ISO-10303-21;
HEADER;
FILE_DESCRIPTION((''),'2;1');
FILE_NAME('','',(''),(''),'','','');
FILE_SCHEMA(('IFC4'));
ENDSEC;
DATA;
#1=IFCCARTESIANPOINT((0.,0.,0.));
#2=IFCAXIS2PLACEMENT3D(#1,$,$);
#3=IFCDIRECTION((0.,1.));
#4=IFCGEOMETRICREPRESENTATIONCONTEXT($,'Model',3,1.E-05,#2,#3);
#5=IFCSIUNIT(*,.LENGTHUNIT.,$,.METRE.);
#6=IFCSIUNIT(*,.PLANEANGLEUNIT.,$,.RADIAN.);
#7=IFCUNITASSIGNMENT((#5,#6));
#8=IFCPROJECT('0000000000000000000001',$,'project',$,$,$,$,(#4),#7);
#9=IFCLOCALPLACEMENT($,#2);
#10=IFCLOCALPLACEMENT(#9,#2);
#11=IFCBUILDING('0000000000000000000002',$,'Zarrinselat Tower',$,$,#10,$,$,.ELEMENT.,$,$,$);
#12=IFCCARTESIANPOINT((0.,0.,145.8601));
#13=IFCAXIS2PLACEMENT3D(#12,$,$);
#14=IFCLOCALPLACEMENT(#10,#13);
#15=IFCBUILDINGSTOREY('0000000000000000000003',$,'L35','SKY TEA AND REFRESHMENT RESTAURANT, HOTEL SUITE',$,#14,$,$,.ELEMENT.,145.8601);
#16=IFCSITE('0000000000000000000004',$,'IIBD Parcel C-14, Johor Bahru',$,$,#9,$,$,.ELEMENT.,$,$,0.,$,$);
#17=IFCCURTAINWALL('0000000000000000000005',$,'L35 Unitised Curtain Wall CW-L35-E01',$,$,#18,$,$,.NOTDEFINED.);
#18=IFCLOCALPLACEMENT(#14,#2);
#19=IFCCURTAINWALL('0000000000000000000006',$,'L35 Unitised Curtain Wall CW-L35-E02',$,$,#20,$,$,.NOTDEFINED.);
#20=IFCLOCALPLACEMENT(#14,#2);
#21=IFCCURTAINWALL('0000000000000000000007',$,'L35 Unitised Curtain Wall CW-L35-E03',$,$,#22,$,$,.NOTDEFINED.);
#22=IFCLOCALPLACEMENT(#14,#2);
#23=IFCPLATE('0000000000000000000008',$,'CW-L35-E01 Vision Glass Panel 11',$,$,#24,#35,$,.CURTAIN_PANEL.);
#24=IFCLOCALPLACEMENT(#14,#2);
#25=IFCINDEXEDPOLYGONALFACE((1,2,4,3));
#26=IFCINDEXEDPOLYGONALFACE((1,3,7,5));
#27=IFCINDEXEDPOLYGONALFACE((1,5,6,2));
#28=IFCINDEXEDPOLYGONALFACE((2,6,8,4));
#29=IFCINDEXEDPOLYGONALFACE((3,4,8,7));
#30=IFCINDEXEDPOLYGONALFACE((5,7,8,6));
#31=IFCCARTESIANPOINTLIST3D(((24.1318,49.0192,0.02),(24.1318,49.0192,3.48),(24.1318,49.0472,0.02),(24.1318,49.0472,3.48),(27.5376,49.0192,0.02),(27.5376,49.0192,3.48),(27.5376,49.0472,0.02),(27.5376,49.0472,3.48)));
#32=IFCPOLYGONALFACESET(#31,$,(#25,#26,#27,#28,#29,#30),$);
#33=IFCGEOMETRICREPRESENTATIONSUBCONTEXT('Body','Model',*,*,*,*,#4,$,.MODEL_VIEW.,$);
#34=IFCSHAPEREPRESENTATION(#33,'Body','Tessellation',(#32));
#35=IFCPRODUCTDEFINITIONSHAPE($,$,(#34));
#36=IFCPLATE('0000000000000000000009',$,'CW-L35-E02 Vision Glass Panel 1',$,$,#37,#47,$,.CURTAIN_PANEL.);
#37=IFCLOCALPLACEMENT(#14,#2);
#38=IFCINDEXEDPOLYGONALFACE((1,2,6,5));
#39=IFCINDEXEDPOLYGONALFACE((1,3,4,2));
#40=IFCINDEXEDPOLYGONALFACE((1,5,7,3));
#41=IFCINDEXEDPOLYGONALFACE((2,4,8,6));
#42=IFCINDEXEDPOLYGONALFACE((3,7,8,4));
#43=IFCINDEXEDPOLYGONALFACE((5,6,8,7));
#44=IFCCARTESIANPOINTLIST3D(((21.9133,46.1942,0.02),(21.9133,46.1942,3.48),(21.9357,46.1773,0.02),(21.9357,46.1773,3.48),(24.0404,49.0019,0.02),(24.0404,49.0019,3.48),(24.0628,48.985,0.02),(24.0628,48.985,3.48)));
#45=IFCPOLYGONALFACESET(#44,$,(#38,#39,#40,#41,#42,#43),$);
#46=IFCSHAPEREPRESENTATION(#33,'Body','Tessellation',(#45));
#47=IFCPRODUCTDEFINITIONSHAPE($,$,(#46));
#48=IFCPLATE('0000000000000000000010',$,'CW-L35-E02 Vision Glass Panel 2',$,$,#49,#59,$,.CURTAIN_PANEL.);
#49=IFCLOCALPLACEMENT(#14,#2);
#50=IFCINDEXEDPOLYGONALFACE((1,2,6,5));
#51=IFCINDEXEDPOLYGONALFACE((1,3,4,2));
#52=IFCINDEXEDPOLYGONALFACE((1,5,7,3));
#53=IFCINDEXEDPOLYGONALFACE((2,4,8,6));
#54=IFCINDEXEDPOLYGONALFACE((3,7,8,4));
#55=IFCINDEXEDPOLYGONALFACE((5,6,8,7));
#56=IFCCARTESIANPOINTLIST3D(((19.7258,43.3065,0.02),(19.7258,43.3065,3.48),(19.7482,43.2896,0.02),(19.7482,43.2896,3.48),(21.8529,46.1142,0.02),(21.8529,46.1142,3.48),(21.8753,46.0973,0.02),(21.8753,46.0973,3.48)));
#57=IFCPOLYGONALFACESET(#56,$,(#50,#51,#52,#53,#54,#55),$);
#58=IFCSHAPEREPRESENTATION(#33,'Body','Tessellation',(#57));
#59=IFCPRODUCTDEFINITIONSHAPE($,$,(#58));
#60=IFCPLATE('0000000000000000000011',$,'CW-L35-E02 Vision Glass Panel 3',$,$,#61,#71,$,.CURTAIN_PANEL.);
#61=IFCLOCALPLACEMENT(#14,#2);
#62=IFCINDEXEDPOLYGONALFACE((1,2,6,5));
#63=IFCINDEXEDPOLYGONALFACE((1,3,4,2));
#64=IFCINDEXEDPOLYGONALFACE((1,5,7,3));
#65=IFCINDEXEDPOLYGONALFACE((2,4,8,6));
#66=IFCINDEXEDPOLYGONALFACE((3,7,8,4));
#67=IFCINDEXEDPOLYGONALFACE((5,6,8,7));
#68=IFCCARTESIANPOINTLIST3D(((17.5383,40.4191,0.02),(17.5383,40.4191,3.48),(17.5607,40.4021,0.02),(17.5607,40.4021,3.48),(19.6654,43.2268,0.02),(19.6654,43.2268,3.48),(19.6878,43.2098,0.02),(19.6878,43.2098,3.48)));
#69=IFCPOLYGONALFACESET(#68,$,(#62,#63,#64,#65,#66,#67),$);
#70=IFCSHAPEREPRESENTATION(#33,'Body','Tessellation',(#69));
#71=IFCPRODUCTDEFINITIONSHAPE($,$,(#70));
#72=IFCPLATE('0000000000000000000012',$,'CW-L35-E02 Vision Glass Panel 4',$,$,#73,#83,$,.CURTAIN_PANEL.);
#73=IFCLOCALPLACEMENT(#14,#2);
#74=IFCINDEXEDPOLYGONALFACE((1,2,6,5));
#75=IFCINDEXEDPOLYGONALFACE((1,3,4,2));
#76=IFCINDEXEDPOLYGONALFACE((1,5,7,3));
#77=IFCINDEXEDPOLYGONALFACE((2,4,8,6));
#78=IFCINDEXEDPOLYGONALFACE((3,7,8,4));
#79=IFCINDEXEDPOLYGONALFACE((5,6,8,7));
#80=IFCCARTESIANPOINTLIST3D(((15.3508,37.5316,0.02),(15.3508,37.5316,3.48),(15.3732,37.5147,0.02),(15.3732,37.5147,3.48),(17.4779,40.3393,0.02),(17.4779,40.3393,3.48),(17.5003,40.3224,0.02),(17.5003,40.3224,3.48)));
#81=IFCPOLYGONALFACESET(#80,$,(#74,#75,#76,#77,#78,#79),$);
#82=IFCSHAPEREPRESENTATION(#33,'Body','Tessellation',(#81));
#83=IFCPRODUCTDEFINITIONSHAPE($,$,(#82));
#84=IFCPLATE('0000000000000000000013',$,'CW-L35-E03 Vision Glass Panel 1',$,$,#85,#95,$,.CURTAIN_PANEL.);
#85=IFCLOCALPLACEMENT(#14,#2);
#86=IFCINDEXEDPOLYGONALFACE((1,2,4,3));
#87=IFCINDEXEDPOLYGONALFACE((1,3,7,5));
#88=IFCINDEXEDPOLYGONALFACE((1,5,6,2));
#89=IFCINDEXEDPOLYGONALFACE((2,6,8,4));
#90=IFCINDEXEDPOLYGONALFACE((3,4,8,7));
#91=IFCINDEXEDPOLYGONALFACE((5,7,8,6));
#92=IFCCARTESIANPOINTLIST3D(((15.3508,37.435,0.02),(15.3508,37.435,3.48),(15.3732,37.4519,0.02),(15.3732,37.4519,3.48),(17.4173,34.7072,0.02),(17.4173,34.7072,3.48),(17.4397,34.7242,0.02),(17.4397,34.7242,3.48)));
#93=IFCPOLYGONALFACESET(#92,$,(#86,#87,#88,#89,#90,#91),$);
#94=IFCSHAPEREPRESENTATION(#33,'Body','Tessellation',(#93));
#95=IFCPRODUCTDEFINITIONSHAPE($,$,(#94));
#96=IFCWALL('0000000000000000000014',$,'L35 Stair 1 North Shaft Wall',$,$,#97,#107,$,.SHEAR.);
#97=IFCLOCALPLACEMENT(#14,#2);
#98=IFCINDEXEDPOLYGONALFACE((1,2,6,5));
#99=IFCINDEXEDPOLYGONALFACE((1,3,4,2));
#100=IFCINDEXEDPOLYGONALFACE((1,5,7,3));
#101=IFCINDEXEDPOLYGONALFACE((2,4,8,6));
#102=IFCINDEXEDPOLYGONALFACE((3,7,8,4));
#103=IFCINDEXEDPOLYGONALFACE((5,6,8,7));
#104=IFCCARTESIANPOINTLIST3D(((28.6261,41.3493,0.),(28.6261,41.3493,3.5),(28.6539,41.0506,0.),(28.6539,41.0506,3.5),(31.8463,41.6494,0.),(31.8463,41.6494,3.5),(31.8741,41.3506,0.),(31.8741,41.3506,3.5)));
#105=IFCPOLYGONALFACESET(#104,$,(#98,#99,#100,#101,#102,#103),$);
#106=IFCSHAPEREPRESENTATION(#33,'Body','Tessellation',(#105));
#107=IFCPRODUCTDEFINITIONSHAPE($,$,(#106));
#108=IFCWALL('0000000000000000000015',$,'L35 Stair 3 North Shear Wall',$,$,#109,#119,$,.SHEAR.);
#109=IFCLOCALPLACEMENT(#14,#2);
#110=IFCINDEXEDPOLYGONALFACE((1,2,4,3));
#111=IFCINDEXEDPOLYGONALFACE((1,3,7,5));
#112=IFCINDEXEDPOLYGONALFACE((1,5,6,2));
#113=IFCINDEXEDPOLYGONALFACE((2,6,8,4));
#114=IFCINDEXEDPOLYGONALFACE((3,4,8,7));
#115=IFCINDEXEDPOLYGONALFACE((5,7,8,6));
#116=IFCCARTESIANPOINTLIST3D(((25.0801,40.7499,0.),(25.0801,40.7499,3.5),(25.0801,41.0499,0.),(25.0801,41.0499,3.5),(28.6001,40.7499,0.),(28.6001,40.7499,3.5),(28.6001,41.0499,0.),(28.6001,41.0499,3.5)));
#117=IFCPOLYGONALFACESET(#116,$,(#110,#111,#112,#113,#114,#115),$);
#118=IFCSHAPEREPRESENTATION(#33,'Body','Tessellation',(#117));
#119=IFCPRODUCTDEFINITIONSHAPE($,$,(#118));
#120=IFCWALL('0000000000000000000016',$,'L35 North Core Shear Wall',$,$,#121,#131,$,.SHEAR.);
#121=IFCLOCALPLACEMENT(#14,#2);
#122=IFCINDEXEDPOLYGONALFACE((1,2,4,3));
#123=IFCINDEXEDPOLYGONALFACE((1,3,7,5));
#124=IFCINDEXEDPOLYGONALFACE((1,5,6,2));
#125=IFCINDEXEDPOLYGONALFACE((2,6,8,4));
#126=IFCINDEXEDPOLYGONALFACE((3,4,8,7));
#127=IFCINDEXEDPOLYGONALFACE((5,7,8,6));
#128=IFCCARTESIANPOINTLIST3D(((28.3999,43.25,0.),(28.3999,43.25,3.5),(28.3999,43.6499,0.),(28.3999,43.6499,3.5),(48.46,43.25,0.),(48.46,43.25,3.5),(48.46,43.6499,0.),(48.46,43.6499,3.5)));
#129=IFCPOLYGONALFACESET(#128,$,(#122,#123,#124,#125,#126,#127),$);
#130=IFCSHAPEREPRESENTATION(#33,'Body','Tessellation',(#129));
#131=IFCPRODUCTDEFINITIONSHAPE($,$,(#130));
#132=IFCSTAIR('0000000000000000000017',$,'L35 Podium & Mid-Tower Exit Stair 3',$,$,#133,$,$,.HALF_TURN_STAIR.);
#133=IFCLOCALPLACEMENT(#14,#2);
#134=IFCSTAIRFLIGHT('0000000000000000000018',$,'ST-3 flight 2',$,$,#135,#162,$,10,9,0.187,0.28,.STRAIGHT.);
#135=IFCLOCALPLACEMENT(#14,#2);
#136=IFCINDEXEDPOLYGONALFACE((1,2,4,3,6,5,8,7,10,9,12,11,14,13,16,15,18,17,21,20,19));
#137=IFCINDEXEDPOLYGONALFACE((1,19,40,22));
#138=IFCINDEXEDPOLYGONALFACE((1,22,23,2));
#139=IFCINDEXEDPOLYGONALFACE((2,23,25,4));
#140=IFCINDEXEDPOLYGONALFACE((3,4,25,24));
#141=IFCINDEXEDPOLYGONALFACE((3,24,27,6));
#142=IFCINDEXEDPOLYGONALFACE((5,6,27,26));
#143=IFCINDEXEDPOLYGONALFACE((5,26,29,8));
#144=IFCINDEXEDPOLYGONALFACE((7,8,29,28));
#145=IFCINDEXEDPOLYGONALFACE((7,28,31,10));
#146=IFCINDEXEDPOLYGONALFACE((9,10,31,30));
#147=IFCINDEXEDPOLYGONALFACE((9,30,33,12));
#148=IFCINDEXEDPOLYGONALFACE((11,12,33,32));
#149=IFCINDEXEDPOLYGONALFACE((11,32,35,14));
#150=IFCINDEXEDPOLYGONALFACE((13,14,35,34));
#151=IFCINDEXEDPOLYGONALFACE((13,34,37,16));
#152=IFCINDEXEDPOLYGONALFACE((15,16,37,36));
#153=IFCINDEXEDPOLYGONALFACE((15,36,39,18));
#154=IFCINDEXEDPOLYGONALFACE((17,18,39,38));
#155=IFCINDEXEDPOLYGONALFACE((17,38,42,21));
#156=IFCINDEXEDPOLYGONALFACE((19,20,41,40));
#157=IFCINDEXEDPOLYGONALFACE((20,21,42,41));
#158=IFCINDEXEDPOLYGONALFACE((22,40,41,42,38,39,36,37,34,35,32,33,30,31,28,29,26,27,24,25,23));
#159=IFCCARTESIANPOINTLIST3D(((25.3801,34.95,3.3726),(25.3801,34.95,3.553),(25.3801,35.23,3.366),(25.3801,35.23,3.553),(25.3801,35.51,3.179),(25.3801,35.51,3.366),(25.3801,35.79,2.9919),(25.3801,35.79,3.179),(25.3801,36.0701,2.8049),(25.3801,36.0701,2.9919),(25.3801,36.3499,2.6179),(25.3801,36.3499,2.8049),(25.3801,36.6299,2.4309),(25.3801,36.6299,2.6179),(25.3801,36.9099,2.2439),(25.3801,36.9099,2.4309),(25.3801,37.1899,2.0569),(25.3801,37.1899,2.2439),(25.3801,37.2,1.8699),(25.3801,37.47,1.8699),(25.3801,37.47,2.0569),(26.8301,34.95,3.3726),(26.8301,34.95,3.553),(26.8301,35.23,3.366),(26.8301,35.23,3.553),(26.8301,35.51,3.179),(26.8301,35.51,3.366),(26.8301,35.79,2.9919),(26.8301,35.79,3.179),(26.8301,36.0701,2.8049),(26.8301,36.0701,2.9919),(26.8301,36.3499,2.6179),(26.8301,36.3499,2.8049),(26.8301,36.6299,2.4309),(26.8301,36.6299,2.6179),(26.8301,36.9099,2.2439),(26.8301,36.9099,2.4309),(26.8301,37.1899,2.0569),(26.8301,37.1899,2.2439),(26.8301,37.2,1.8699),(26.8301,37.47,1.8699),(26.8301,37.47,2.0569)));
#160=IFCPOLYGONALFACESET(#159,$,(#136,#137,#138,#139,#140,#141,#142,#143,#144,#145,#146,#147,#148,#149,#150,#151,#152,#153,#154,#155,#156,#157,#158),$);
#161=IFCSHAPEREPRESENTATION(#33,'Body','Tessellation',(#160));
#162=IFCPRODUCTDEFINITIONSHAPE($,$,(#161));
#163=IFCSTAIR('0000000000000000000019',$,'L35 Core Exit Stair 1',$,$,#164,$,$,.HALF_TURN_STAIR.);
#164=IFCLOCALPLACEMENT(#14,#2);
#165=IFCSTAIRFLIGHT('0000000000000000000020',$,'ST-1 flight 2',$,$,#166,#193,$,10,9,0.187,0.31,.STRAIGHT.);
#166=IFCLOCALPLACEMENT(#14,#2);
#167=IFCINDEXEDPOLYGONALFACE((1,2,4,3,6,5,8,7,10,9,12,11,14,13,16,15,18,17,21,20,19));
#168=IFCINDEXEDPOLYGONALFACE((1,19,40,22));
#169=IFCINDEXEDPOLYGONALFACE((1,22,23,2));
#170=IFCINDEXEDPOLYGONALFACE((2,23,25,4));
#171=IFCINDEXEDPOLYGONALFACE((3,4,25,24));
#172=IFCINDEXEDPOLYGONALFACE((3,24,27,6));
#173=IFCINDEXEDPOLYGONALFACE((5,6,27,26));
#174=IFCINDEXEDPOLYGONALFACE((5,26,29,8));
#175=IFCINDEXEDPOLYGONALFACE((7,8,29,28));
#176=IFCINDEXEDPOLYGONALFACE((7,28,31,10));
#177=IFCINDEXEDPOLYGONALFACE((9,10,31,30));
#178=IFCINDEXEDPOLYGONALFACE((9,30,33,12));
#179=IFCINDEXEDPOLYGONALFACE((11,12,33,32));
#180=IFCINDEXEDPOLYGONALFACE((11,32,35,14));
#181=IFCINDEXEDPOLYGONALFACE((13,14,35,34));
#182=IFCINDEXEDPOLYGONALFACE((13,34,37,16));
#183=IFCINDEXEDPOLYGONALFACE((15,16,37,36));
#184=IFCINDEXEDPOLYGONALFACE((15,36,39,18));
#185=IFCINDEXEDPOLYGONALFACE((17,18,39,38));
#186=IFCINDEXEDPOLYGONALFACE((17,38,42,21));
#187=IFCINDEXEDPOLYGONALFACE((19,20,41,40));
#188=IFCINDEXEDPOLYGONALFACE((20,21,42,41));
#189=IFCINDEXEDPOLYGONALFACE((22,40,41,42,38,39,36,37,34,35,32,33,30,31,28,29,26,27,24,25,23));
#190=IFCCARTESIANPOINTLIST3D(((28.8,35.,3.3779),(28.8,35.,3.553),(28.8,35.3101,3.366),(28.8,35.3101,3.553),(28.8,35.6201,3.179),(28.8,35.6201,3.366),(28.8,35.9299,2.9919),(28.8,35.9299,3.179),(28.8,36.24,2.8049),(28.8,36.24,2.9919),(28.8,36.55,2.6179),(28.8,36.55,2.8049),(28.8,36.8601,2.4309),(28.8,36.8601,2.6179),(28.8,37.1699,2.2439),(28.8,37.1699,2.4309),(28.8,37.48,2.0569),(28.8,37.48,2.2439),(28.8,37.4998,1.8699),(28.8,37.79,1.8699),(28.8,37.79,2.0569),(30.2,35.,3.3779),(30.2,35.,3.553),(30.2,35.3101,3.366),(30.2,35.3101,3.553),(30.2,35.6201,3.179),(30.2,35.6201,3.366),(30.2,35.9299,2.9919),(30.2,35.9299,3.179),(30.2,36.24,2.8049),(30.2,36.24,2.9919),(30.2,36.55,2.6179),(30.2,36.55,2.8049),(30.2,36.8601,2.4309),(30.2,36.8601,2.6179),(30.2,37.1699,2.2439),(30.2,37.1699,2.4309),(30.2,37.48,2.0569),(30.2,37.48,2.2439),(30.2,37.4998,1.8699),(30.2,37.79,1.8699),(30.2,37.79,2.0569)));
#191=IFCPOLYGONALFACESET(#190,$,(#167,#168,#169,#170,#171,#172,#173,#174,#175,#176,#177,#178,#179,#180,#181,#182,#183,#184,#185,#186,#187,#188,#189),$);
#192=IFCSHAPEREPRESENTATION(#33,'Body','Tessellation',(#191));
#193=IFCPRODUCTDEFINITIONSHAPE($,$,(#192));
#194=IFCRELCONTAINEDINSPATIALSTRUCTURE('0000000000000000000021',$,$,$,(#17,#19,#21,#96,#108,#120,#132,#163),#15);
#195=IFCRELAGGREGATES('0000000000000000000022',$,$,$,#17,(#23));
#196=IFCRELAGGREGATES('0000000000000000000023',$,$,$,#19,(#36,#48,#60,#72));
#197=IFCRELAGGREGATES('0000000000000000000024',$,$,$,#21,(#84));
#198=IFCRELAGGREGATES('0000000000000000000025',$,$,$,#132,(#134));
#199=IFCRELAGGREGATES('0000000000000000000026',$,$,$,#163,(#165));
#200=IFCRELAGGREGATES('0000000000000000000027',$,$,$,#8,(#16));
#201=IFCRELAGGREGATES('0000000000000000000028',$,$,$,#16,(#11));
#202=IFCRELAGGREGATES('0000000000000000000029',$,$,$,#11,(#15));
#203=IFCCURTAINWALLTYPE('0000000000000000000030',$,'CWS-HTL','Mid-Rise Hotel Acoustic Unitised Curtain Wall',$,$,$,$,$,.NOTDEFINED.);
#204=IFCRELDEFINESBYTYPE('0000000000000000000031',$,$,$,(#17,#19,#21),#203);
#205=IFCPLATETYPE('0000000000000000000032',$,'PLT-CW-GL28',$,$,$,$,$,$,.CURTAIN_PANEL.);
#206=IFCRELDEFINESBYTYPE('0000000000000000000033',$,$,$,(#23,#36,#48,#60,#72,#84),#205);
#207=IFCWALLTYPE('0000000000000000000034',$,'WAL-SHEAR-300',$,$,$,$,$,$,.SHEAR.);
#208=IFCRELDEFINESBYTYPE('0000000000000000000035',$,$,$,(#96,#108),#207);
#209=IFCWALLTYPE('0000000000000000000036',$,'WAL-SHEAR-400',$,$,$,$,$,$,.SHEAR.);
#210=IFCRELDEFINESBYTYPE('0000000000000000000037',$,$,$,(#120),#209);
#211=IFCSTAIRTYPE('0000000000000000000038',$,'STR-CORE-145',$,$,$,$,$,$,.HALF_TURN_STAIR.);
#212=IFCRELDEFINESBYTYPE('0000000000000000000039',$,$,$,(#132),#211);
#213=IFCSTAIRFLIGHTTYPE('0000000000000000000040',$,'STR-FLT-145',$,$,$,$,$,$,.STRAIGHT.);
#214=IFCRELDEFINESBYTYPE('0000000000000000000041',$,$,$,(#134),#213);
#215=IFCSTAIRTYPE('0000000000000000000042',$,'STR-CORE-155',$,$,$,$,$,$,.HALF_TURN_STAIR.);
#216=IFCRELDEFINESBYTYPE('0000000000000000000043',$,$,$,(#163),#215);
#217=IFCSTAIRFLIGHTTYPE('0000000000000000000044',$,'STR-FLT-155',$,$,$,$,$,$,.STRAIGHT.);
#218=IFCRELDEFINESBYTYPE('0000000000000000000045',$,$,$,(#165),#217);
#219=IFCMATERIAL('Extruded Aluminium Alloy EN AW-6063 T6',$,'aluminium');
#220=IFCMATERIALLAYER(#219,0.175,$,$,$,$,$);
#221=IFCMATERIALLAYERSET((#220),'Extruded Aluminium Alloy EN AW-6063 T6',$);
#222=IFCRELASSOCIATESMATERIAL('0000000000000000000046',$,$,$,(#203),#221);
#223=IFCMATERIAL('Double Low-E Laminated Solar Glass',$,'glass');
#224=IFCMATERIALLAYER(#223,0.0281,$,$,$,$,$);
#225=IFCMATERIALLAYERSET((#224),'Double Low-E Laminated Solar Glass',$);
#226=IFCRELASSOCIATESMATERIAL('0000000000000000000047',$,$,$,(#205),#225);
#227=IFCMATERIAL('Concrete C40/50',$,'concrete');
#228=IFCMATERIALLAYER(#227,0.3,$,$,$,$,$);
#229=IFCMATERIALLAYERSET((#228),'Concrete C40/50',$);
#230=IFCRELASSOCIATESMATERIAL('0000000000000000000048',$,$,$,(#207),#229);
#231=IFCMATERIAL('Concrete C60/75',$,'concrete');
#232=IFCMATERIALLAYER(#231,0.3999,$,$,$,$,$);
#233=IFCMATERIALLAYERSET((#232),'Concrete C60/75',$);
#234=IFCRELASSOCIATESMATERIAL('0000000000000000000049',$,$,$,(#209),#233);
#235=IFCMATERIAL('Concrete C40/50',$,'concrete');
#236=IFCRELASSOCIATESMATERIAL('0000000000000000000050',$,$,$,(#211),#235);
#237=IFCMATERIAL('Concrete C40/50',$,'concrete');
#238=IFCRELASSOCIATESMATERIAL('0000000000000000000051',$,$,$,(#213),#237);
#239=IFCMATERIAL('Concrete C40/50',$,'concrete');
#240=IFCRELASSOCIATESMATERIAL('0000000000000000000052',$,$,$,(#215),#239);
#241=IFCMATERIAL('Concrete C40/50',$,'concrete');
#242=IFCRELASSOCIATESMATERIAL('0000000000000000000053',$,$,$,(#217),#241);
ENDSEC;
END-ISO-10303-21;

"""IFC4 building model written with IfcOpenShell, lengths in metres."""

from ifc_helpers import new_model, si_unit, direction, frame, frame_2d, origin, origin_2d, place, context, subcontext, project, spatial, polyline, rectangle, outline, extrude, material, layer, layer_set, type_object, element, aggregate, save


model = new_model("IFC4")

# Units and contexts
model_context = context("Model", 3, precision=1e-05, world=origin(), true_north=direction((0.0, 1.0)))
body_context = subcontext(model_context, "Body", "Model", "MODEL_VIEW")
ifc_project = project(units=[si_unit("LENGTHUNIT", "METRE"), si_unit("PLANEANGLEUNIT", "RADIAN")], contexts=[model_context])

# Site, building, storey
site_placement = place(None, origin())
site = spatial("IfcSite", under=ifc_project, at=site_placement, Name="IIBD Parcel C-14, Johor Bahru", CompositionType="ELEMENT", RefElevation=0.0)
building_placement = place(site_placement, origin())
building = spatial("IfcBuilding", under=site, at=building_placement, Name="Zarrinselat Tower", CompositionType="ELEMENT")
storey_placement = place(building_placement, frame((0.0, 0.0, 145.8601)))
storey = spatial("IfcBuildingStorey", under=building, at=storey_placement, Name="L35", Description="SKY TEA AND REFRESHMENT RESTAURANT, HOTEL SUITE", CompositionType="ELEMENT", Elevation=145.8601)

# Curtain walls
ifc_material_1 = material(Name="Extruded Aluminium Alloy EN AW-6063 T6", Category="aluminium")
ifc_layer_1 = layer(ifc_material_1, 0.175)
ifc_layer_set_1 = layer_set([ifc_layer_1], Name="Extruded Aluminium Alloy EN AW-6063 T6")
curtain_wall_type = type_object("IfcCurtainWallType", Name="CWS-HTL", Description="Mid-Rise Hotel Acoustic Unitised Curtain Wall", PredefinedType="NOTDEFINED", material=ifc_layer_set_1)
curtain_wall_1_placement = place(storey_placement, origin())
curtain_wall_1 = element("IfcCurtainWall", 1, at=curtain_wall_1_placement, inside=storey, type_object=curtain_wall_type, Name="L35 Unitised Curtain Wall CW-L35-E01", PredefinedType="NOTDEFINED")
curtain_wall_2_placement = place(storey_placement, origin())
curtain_wall_2 = element("IfcCurtainWall", 2, at=curtain_wall_2_placement, inside=storey, type_object=curtain_wall_type, Name="L35 Unitised Curtain Wall CW-L35-E02", PredefinedType="NOTDEFINED")

# Curtain wall
curtain_wall_3_placement = place(storey_placement, origin())
curtain_wall_3 = element("IfcCurtainWall", 3, at=curtain_wall_3_placement, inside=storey, type_object=curtain_wall_type, Name="L35 Unitised Curtain Wall CW-L35-E03", PredefinedType="NOTDEFINED")

# Plates
ifc_material_2 = material(Name="Double Low-E Laminated Solar Glass", Category="glass")
ifc_layer_2 = layer(ifc_material_2, 0.0281)
ifc_layer_set_2 = layer_set([ifc_layer_2], Name="Double Low-E Laminated Solar Glass")
plate_type = type_object("IfcPlateType", Name="PLT-CW-GL28", PredefinedType="CURTAIN_PANEL", material=ifc_layer_set_2)
plate_1_placement = place(storey_placement, frame((25.8347, 49.0332, 0.02), z_axis=(0.0, 0.0, 1.0), x_axis=(-1.0, 0.0, 0.0)))
plate_1 = element("IfcPlate", 4, at=plate_1_placement, type_object=plate_type, Name="CW-L35-E01 Vision Glass Panel 11", PredefinedType="CURTAIN_PANEL", context=body_context, shape_type="SweptSolid", body=[
    extrude(rectangle(XDim=3.4058, YDim=0.0281, at=origin_2d()), origin(), (0.0, 0.0, 1.0), 3.46),
])
aggregate(curtain_wall_1, [plate_1])
plate_2_placement = place(storey_placement, frame((22.988, 47.5896, 0.02), z_axis=(0.0, 0.0, 1.0), x_axis=(-0.603858, -0.797092, 0.0)))
plate_2 = element("IfcPlate", 5, at=plate_2_placement, type_object=plate_type, Name="CW-L35-E02 Vision Glass Panel 1", PredefinedType="CURTAIN_PANEL", context=body_context, shape_type="SweptSolid", body=[
    extrude(rectangle(XDim=3.5225, YDim=0.0281, at=origin_2d()), origin(), (0.0, 0.0, 1.0), 3.46),
])
plate_3_placement = place(storey_placement, frame((20.8005, 44.7019, 0.02), z_axis=(0.0, 0.0, 1.0), x_axis=(-0.603858, -0.797092, 0.0)))
plate_3 = element("IfcPlate", 6, at=plate_3_placement, type_object=plate_type, Name="CW-L35-E02 Vision Glass Panel 2", PredefinedType="CURTAIN_PANEL", context=body_context, shape_type="SweptSolid", body=[
    extrude(rectangle(XDim=3.5225, YDim=0.0281, at=origin_2d()), origin(), (0.0, 0.0, 1.0), 3.46),
])
plate_4_placement = place(storey_placement, frame((18.613, 41.8145, 0.02), z_axis=(0.0, 0.0, 1.0), x_axis=(-0.603858, -0.797092, 0.0)))
plate_4 = element("IfcPlate", 7, at=plate_4_placement, type_object=plate_type, Name="CW-L35-E02 Vision Glass Panel 3", PredefinedType="CURTAIN_PANEL", context=body_context, shape_type="SweptSolid", body=[
    extrude(rectangle(XDim=3.5225, YDim=0.0281, at=origin_2d()), origin(), (0.0, 0.0, 1.0), 3.46),
])
plate_5_placement = place(storey_placement, frame((16.4255, 38.927, 0.02), z_axis=(0.0, 0.0, 1.0), x_axis=(-0.603858, -0.797092, 0.0)))
plate_5 = element("IfcPlate", 8, at=plate_5_placement, type_object=plate_type, Name="CW-L35-E02 Vision Glass Panel 4", PredefinedType="CURTAIN_PANEL", context=body_context, shape_type="SweptSolid", body=[
    extrude(rectangle(XDim=3.5225, YDim=0.0281, at=origin_2d()), origin(), (0.0, 0.0, 1.0), 3.46),
])
aggregate(curtain_wall_2, [plate_2, plate_3, plate_4, plate_5])
plate_6_placement = place(storey_placement, frame((16.3953, 36.0796, 0.02), z_axis=(0.0, 0.0, 1.0), x_axis=(0.603857, -0.797093, 0.0)))
plate_6 = element("IfcPlate", 9, at=plate_6_placement, type_object=plate_type, Name="CW-L35-E03 Vision Glass Panel 1", PredefinedType="CURTAIN_PANEL", context=body_context, shape_type="SweptSolid", body=[
    extrude(rectangle(XDim=3.4221, YDim=0.0281, at=origin_2d()), origin(), (0.0, 0.0, 1.0), 3.46),
])
aggregate(curtain_wall_3, [plate_6])

# Walls
ifc_material_3 = material(Name="Concrete C40/50", Category="concrete")
ifc_layer_3 = layer(ifc_material_3, 0.3)
ifc_layer_set_3 = layer_set([ifc_layer_3], Name="Concrete C40/50")
wall_type_1 = type_object("IfcWallType", Name="WAL-SHEAR-300", PredefinedType="SHEAR", material=ifc_layer_set_3)
wall_1_placement = place(storey_placement, frame((28.6399, 41.2, 0.0), z_axis=(0.0, 0.0, 1.0), x_axis=(0.995687, 0.092775, 0.0)))
element("IfcWall", 10, at=wall_1_placement, inside=storey, type_object=wall_type_1, Name="L35 Stair 1 North Shaft Wall", PredefinedType="SHEAR", context=body_context, shape_type="SweptSolid", body=[
    extrude(rectangle(XDim=3.2341, YDim=0.3, at=frame_2d((1.6172, 0.0))), origin(), (0.0, 0.0, 1.0), 3.5),
])
wall_2_placement = place(storey_placement, frame((25.0801, 40.8999, 0.0), z_axis=(0.0, 0.0, 1.0), x_axis=(1.0, 0.0, 0.0)))
element("IfcWall", 11, at=wall_2_placement, inside=storey, type_object=wall_type_1, Name="L35 Stair 3 North Shear Wall", PredefinedType="SHEAR", context=body_context, shape_type="SweptSolid", body=[
    extrude(rectangle(XDim=3.52, YDim=0.3, at=frame_2d((1.76, 0.0))), origin(), (0.0, 0.0, 1.0), 3.5),
])
ifc_material_4 = material(Name="Concrete C60/75", Category="concrete")
ifc_layer_4 = layer(ifc_material_4, 0.3999)
ifc_layer_set_4 = layer_set([ifc_layer_4], Name="Concrete C60/75")
wall_type_2 = type_object("IfcWallType", Name="WAL-SHEAR-400", PredefinedType="SHEAR", material=ifc_layer_set_4)
wall_3_placement = place(storey_placement, frame((28.3999, 43.45, 0.0), z_axis=(0.0, 0.0, 1.0), x_axis=(1.0, 0.0, 0.0)))
element("IfcWall", 12, at=wall_3_placement, inside=storey, type_object=wall_type_2, Name="L35 North Core Shear Wall", PredefinedType="SHEAR", context=body_context, shape_type="SweptSolid", body=[
    extrude(rectangle(XDim=20.0601, YDim=0.3999, at=frame_2d((10.03, 0.0))), origin(), (0.0, 0.0, 1.0), 3.5),
])

# Stairs, stair flights
ifc_material_5 = material(Name="Concrete C40/50", Category="concrete")
stair_type_1 = type_object("IfcStairType", Name="STR-CORE-145", PredefinedType="HALF_TURN_STAIR", material=ifc_material_5)
stair_1_placement = place(storey_placement, origin())
stair_1 = element("IfcStair", 13, at=stair_1_placement, inside=storey, type_object=stair_type_1, Name="L35 Podium & Mid-Tower Exit Stair 3", PredefinedType="HALF_TURN_STAIR")
ifc_material_6 = material(Name="Concrete C40/50", Category="concrete")
stair_flight_type_1 = type_object("IfcStairFlightType", Name="STR-FLT-145", PredefinedType="STRAIGHT", material=ifc_material_6)
stair_flight_1_placement = place(storey_placement, frame((26.105, 37.47, 1.8699), z_axis=(0.0, 0.0, 1.0), x_axis=(0.0, -1.0, 0.0)))
stair_flight_1 = element("IfcStairFlight", 14, at=stair_flight_1_placement, type_object=stair_flight_type_1, Name="ST-3 flight 2", NumberOfRisers=10, NumberOfTreads=9, PredefinedType="STRAIGHT", RiserHeight=0.187, TreadLength=0.28, context=body_context, shape_type="SweptSolid", body=[
    extrude(outline(polyline([(0.0, 0.0), (0.0, 0.187), (0.28, 0.187), (0.28, 0.374), (0.5601, 0.374), (0.5601, 0.561), (0.8401, 0.561), (0.8401, 0.748), (1.1201, 0.748), (1.1201, 0.9351), (1.3999, 0.9351), (1.3999, 1.1221), (1.6799, 1.1221), (1.6799, 1.3091), (1.96, 1.3091), (1.96, 1.4961), (2.24, 1.4961), (2.24, 1.6831), (2.52, 1.6831), (2.52, 1.8701), (2.52, 1.5027), (0.27, 0.0), (0.0, 0.0)])), frame((0.0, 0.7251, 0.0), z_axis=(0.0, -1.0, 0.0), x_axis=(1.0, 0.0, 0.0)), (0.0, 0.0, 1.0), 1.45),
])
aggregate(stair_1, [stair_flight_1])
ifc_material_7 = material(Name="Concrete C40/50", Category="concrete")
stair_type_2 = type_object("IfcStairType", Name="STR-CORE-155", PredefinedType="HALF_TURN_STAIR", material=ifc_material_7)
stair_2_placement = place(storey_placement, origin())
stair_2 = element("IfcStair", 15, at=stair_2_placement, inside=storey, type_object=stair_type_2, Name="L35 Core Exit Stair 1", PredefinedType="HALF_TURN_STAIR")
ifc_material_8 = material(Name="Concrete C40/50", Category="concrete")
stair_flight_type_2 = type_object("IfcStairFlightType", Name="STR-FLT-155", PredefinedType="STRAIGHT", material=ifc_material_8)
stair_flight_2_placement = place(storey_placement, frame((29.5, 37.79, 1.8699), z_axis=(0.0, 0.0, 1.0), x_axis=(0.0, -1.0, 0.0)))
stair_flight_2 = element("IfcStairFlight", 16, at=stair_flight_2_placement, type_object=stair_flight_type_2, Name="ST-1 flight 2", NumberOfRisers=10, NumberOfTreads=9, PredefinedType="STRAIGHT", RiserHeight=0.187, TreadLength=0.31, context=body_context, shape_type="SweptSolid", body=[
    extrude(outline(polyline([(0.0, 0.0), (0.0, 0.187), (0.3101, 0.187), (0.3101, 0.374), (0.6201, 0.374), (0.6201, 0.561), (0.9299, 0.561), (0.9299, 0.748), (1.24, 0.748), (1.24, 0.9351), (1.55, 0.9351), (1.55, 1.1221), (1.8601, 1.1221), (1.8601, 1.3091), (2.1699, 1.3091), (2.1699, 1.4961), (2.48, 1.4961), (2.48, 1.6831), (2.79, 1.6831), (2.79, 1.8701), (2.79, 1.5081), (0.2903, 0.0), (0.0, 0.0)])), frame((0.0, 0.7, 0.0), z_axis=(0.0, -1.0, 0.0), x_axis=(1.0, 0.0, 0.0)), (0.0, 0.0, 1.0), 1.3999),
])
aggregate(stair_2, [stair_flight_2])

save(model, "model.ifc")
